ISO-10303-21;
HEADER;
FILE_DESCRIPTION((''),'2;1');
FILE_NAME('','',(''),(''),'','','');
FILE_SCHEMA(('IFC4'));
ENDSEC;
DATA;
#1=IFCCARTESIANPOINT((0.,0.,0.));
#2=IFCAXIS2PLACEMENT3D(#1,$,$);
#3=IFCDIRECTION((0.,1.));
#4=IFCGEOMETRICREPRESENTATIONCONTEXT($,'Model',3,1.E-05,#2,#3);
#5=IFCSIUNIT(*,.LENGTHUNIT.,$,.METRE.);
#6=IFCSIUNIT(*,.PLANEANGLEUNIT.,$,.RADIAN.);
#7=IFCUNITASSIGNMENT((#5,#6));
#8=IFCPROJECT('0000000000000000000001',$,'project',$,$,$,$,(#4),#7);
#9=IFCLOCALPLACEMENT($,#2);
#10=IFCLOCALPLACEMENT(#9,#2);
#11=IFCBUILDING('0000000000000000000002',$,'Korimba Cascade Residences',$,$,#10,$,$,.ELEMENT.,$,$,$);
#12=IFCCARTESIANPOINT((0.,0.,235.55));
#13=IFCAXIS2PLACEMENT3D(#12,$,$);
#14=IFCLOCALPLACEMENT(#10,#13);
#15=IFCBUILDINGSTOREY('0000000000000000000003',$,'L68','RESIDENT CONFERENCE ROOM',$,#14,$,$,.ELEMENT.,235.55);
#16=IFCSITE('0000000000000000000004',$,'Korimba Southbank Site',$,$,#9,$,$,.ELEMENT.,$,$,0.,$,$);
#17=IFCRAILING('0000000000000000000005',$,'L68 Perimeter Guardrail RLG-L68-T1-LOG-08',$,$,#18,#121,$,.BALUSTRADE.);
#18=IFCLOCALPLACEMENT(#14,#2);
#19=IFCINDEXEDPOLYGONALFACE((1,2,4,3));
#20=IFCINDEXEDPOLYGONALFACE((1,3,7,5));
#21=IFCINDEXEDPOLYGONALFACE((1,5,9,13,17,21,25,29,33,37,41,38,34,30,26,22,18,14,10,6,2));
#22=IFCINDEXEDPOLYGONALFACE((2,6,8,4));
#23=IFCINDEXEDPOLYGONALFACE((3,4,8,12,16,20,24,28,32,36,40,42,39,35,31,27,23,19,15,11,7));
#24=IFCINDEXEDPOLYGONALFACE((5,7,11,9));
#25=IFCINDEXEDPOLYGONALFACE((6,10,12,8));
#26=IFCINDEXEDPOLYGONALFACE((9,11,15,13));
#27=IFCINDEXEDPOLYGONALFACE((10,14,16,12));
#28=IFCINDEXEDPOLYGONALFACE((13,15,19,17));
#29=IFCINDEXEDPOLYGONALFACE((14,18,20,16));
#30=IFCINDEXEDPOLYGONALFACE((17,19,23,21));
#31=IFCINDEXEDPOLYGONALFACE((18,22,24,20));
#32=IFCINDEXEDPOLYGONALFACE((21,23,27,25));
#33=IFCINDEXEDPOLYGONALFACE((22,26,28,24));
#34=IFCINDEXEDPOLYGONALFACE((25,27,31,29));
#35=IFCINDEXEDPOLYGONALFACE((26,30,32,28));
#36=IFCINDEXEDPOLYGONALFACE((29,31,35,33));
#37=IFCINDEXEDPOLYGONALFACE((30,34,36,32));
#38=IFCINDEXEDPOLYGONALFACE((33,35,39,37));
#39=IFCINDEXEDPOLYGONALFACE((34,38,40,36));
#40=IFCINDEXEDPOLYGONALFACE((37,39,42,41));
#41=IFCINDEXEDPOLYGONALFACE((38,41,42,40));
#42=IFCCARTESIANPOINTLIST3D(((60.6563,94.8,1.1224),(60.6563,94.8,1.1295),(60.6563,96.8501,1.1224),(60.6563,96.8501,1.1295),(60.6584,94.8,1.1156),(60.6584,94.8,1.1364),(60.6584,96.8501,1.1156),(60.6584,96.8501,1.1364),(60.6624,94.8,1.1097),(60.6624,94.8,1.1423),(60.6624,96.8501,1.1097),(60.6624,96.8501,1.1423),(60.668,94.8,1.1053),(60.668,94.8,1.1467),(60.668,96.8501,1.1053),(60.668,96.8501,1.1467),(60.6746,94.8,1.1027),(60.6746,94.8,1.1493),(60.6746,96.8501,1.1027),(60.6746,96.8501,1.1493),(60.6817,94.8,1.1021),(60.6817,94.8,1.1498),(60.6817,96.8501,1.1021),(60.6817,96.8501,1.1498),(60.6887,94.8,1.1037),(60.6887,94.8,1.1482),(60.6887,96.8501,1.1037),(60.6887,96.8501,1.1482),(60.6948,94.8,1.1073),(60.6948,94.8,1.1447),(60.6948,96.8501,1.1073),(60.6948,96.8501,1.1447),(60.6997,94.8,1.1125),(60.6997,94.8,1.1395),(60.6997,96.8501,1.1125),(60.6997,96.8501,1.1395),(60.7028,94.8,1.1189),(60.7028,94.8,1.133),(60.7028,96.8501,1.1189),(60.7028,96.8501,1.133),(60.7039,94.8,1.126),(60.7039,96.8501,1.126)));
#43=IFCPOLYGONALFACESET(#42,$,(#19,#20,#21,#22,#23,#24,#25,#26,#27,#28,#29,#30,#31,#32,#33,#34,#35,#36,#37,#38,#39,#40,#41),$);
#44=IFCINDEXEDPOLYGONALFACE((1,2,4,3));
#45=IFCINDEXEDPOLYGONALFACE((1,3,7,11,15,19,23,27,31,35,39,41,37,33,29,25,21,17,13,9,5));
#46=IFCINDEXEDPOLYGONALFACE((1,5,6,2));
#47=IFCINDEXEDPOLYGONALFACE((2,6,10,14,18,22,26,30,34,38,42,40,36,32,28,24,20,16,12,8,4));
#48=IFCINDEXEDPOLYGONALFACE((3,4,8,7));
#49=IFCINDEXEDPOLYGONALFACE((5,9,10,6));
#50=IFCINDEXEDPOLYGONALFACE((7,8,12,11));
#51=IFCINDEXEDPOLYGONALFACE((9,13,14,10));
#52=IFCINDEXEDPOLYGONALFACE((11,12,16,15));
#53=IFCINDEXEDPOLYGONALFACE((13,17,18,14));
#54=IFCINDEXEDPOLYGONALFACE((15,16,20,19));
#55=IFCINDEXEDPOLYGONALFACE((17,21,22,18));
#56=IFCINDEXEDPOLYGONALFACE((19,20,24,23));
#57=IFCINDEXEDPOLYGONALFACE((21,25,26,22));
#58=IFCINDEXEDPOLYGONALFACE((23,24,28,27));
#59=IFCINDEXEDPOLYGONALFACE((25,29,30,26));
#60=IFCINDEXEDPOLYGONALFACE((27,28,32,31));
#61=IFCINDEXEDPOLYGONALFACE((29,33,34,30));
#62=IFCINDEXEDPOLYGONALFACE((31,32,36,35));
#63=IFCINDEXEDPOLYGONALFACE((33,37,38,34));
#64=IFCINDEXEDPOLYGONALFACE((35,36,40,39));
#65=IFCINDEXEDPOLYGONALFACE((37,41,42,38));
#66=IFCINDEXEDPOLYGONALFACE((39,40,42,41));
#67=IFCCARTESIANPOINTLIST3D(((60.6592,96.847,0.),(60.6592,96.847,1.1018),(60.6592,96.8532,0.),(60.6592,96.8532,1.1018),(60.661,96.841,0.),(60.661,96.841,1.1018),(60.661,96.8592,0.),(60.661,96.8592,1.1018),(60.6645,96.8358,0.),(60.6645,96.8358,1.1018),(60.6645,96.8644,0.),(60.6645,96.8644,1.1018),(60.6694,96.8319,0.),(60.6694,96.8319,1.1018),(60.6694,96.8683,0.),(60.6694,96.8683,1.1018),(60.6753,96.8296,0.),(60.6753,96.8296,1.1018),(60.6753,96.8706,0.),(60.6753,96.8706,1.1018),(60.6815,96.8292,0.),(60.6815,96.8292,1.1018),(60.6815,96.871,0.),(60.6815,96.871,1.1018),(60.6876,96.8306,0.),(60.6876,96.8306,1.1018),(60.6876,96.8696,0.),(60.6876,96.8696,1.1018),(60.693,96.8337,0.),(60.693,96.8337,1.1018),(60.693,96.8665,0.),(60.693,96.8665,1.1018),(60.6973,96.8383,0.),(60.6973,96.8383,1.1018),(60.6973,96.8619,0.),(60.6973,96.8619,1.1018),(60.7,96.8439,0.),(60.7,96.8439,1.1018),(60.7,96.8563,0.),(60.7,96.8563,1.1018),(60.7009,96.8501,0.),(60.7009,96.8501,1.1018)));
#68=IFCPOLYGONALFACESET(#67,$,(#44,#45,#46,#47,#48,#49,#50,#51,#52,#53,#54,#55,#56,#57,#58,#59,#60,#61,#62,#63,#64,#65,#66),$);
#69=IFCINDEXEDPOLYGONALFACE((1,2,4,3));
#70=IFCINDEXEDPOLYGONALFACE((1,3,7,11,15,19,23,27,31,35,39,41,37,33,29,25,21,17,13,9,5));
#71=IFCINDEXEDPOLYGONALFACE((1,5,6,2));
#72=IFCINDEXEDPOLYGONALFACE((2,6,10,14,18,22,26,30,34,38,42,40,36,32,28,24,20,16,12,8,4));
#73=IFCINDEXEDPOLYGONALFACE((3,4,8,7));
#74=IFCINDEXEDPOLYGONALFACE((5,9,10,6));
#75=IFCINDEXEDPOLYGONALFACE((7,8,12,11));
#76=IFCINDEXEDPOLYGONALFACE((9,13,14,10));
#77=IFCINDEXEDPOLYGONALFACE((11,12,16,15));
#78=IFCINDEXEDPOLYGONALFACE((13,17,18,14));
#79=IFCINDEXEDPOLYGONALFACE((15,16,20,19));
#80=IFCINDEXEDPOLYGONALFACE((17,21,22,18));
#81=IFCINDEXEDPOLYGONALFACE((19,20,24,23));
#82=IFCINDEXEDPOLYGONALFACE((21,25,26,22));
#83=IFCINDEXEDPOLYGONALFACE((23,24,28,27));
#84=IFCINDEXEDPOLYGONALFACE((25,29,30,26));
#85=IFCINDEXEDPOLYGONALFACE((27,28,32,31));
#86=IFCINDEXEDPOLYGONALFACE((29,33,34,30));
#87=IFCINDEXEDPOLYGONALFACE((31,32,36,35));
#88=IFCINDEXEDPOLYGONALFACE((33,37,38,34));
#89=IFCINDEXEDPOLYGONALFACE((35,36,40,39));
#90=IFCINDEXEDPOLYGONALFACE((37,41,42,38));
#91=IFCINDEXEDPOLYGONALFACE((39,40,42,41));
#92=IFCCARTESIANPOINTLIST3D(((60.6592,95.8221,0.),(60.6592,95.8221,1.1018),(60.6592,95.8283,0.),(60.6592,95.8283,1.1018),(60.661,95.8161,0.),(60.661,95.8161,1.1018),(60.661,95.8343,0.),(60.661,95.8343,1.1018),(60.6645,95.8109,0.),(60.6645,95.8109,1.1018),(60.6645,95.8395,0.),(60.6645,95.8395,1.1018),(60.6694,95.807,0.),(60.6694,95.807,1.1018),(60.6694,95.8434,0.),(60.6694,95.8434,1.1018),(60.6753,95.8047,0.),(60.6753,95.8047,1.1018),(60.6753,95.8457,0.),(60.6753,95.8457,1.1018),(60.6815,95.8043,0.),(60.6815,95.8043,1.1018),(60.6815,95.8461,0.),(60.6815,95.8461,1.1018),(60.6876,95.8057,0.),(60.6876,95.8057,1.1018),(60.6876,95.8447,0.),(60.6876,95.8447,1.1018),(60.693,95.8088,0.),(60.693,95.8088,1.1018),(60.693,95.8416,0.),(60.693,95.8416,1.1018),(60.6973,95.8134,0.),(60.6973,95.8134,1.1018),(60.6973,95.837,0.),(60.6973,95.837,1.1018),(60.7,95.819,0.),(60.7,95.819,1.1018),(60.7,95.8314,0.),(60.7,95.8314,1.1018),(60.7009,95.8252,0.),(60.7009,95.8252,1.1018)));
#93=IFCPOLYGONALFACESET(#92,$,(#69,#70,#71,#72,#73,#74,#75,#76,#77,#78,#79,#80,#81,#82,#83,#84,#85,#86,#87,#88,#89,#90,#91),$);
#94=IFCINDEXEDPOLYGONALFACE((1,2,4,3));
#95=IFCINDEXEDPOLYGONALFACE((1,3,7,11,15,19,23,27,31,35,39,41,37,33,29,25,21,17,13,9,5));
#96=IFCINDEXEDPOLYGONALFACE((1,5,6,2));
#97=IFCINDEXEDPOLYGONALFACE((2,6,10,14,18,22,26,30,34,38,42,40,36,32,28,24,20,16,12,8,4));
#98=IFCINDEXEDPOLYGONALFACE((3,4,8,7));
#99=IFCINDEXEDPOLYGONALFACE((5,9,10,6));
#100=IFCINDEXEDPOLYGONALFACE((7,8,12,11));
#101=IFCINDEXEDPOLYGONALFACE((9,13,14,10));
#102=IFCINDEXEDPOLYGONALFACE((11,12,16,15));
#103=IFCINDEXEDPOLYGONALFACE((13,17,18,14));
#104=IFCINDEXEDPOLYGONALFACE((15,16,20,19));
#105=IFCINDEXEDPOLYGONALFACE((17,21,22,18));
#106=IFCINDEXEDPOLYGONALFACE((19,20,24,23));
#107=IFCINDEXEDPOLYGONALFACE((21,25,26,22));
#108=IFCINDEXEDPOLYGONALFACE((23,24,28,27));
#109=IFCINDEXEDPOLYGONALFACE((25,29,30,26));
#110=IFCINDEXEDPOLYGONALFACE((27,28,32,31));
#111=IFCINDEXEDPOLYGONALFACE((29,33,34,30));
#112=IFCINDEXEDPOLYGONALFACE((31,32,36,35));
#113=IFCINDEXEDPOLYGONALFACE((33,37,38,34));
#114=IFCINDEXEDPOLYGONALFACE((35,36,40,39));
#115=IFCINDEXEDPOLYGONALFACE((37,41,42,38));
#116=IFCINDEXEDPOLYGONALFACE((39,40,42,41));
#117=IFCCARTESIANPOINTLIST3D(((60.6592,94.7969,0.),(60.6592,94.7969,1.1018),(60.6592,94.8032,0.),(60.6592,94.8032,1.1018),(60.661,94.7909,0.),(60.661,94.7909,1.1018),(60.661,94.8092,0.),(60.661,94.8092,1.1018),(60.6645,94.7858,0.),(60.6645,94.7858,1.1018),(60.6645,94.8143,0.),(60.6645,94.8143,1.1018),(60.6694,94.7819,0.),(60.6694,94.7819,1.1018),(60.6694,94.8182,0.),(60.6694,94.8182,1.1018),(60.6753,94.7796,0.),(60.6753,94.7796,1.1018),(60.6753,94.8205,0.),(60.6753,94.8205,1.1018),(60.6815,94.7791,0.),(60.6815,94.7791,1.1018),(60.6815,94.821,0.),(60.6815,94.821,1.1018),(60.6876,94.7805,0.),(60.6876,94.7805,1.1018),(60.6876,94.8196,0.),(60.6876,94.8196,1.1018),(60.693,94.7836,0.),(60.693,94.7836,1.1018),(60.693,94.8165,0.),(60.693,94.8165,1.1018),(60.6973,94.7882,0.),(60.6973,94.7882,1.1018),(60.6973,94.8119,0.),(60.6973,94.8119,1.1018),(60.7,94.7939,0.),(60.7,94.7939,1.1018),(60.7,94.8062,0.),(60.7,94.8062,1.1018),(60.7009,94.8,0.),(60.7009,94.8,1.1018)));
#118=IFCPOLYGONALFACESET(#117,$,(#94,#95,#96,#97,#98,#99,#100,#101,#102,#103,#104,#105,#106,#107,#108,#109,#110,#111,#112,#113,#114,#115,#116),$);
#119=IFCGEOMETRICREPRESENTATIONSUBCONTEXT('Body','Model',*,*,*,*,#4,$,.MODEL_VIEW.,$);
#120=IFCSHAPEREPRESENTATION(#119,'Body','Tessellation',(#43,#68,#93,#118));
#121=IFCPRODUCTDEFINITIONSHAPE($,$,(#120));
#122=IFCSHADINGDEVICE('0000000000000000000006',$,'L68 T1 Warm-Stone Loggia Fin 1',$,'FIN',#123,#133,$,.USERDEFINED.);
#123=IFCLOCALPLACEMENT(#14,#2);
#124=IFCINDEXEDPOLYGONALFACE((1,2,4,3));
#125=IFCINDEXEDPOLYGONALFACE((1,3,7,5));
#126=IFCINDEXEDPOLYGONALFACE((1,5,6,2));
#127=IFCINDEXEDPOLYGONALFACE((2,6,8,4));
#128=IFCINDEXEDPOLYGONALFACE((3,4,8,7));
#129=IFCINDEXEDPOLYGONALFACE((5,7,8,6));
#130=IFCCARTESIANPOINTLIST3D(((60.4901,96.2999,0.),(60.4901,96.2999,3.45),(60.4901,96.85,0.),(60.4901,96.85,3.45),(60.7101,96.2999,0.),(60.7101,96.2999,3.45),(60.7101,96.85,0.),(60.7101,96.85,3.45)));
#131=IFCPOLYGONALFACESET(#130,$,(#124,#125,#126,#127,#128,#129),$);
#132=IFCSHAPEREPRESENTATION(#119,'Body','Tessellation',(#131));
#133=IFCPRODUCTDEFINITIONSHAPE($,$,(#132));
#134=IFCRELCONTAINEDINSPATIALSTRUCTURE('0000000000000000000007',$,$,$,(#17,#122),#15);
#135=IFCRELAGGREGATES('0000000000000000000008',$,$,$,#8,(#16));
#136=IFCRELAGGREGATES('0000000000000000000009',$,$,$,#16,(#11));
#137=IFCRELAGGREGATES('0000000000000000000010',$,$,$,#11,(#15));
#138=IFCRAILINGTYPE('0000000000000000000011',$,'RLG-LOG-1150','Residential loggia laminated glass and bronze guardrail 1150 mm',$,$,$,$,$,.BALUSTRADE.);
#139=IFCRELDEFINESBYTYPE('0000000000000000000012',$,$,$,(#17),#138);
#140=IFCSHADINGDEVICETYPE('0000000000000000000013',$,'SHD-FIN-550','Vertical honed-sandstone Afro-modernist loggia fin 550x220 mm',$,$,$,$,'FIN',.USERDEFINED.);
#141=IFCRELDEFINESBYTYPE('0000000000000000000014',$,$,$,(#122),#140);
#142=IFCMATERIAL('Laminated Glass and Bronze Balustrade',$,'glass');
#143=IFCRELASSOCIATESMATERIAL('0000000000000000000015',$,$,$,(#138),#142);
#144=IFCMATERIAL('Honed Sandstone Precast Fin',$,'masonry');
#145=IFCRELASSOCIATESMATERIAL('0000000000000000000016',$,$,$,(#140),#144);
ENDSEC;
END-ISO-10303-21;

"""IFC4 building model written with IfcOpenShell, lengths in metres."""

from ifc_helpers import new_model, si_unit, direction, frame, origin, origin_2d, place, context, subcontext, project, spatial, rectangle, circle, extrude, material, type_object, element, save


model = new_model("IFC4")

# Units and contexts
model_context = context("Model", 3, precision=1e-05, world=origin(), true_north=direction((0.0, 1.0)))
body_context = subcontext(model_context, "Body", "Model", "MODEL_VIEW")
ifc_project = project(units=[si_unit("LENGTHUNIT", "METRE"), si_unit("PLANEANGLEUNIT", "RADIAN")], contexts=[model_context])

# Site, building, storey
site_placement = place(None, origin())
site = spatial("IfcSite", under=ifc_project, at=site_placement, Name="Korimba Southbank Site", CompositionType="ELEMENT", RefElevation=0.0)
building_placement = place(site_placement, origin())
building = spatial("IfcBuilding", under=site, at=building_placement, Name="Korimba Cascade Residences", CompositionType="ELEMENT")
storey_placement = place(building_placement, frame((0.0, 0.0, 235.55)))
storey = spatial("IfcBuildingStorey", under=building, at=storey_placement, Name="L68", Description="RESIDENT CONFERENCE ROOM", CompositionType="ELEMENT", Elevation=235.55)

# Railing
ifc_material_1 = material(Name="Laminated Glass and Bronze Balustrade", Category="glass")
railing_type = type_object("IfcRailingType", Name="RLG-LOG-1150", Description="Residential loggia laminated glass and bronze guardrail 1150 mm", PredefinedType="BALUSTRADE", material=ifc_material_1)
railing_placement = place(storey_placement, frame((60.6799, 96.8501, 0.0)))
element("IfcRailing", 1, at=railing_placement, inside=storey, type_object=railing_type, Name="L68 Perimeter Guardrail RLG-L68-T1-LOG-08", PredefinedType="BALUSTRADE", context=body_context, shape_type="SweptSolid", body=[
    extrude(circle(Radius=0.0239, at=origin_2d()), frame((0.0, 0.0, 1.126), z_axis=(0.0, -1.0, 0.0), x_axis=(1.0, 0.0, 0.0)), (0.0, 0.0, 1.0), 2.05),
    extrude(circle(Radius=0.021, at=origin_2d()), origin(), (0.0, 0.0, 1.0), 1.1018),
    extrude(circle(Radius=0.021, at=origin_2d()), frame((0.0, -1.0249, 0.0)), (0.0, 0.0, 1.0), 1.1018),
    extrude(circle(Radius=0.021, at=origin_2d()), frame((0.0, -2.05, 0.0)), (0.0, 0.0, 1.0), 1.1018),
])

# Shading device
ifc_material_2 = material(Name="Honed Sandstone Precast Fin", Category="masonry")
shading_device_type = type_object("IfcShadingDeviceType", Name="SHD-FIN-550", Description="Vertical honed-sandstone Afro-modernist loggia fin 550x220 mm", ElementType="FIN", PredefinedType="USERDEFINED", material=ifc_material_2)
shading_device_placement = place(storey_placement, frame((60.6001, 96.575, 0.0), z_axis=(0.0, 0.0, 1.0), x_axis=(1.0, 0.0, 0.0)))
element("IfcShadingDevice", 2, at=shading_device_placement, inside=storey, type_object=shading_device_type, Name="L68 T1 Warm-Stone Loggia Fin 1", ObjectType="FIN", PredefinedType="USERDEFINED", context=body_context, shape_type="SweptSolid", body=[
    extrude(rectangle(XDim=0.22, YDim=0.55, at=origin_2d()), origin(), (0.0, 0.0, 1.0), 3.45),
])

save(model, "model.ifc")
